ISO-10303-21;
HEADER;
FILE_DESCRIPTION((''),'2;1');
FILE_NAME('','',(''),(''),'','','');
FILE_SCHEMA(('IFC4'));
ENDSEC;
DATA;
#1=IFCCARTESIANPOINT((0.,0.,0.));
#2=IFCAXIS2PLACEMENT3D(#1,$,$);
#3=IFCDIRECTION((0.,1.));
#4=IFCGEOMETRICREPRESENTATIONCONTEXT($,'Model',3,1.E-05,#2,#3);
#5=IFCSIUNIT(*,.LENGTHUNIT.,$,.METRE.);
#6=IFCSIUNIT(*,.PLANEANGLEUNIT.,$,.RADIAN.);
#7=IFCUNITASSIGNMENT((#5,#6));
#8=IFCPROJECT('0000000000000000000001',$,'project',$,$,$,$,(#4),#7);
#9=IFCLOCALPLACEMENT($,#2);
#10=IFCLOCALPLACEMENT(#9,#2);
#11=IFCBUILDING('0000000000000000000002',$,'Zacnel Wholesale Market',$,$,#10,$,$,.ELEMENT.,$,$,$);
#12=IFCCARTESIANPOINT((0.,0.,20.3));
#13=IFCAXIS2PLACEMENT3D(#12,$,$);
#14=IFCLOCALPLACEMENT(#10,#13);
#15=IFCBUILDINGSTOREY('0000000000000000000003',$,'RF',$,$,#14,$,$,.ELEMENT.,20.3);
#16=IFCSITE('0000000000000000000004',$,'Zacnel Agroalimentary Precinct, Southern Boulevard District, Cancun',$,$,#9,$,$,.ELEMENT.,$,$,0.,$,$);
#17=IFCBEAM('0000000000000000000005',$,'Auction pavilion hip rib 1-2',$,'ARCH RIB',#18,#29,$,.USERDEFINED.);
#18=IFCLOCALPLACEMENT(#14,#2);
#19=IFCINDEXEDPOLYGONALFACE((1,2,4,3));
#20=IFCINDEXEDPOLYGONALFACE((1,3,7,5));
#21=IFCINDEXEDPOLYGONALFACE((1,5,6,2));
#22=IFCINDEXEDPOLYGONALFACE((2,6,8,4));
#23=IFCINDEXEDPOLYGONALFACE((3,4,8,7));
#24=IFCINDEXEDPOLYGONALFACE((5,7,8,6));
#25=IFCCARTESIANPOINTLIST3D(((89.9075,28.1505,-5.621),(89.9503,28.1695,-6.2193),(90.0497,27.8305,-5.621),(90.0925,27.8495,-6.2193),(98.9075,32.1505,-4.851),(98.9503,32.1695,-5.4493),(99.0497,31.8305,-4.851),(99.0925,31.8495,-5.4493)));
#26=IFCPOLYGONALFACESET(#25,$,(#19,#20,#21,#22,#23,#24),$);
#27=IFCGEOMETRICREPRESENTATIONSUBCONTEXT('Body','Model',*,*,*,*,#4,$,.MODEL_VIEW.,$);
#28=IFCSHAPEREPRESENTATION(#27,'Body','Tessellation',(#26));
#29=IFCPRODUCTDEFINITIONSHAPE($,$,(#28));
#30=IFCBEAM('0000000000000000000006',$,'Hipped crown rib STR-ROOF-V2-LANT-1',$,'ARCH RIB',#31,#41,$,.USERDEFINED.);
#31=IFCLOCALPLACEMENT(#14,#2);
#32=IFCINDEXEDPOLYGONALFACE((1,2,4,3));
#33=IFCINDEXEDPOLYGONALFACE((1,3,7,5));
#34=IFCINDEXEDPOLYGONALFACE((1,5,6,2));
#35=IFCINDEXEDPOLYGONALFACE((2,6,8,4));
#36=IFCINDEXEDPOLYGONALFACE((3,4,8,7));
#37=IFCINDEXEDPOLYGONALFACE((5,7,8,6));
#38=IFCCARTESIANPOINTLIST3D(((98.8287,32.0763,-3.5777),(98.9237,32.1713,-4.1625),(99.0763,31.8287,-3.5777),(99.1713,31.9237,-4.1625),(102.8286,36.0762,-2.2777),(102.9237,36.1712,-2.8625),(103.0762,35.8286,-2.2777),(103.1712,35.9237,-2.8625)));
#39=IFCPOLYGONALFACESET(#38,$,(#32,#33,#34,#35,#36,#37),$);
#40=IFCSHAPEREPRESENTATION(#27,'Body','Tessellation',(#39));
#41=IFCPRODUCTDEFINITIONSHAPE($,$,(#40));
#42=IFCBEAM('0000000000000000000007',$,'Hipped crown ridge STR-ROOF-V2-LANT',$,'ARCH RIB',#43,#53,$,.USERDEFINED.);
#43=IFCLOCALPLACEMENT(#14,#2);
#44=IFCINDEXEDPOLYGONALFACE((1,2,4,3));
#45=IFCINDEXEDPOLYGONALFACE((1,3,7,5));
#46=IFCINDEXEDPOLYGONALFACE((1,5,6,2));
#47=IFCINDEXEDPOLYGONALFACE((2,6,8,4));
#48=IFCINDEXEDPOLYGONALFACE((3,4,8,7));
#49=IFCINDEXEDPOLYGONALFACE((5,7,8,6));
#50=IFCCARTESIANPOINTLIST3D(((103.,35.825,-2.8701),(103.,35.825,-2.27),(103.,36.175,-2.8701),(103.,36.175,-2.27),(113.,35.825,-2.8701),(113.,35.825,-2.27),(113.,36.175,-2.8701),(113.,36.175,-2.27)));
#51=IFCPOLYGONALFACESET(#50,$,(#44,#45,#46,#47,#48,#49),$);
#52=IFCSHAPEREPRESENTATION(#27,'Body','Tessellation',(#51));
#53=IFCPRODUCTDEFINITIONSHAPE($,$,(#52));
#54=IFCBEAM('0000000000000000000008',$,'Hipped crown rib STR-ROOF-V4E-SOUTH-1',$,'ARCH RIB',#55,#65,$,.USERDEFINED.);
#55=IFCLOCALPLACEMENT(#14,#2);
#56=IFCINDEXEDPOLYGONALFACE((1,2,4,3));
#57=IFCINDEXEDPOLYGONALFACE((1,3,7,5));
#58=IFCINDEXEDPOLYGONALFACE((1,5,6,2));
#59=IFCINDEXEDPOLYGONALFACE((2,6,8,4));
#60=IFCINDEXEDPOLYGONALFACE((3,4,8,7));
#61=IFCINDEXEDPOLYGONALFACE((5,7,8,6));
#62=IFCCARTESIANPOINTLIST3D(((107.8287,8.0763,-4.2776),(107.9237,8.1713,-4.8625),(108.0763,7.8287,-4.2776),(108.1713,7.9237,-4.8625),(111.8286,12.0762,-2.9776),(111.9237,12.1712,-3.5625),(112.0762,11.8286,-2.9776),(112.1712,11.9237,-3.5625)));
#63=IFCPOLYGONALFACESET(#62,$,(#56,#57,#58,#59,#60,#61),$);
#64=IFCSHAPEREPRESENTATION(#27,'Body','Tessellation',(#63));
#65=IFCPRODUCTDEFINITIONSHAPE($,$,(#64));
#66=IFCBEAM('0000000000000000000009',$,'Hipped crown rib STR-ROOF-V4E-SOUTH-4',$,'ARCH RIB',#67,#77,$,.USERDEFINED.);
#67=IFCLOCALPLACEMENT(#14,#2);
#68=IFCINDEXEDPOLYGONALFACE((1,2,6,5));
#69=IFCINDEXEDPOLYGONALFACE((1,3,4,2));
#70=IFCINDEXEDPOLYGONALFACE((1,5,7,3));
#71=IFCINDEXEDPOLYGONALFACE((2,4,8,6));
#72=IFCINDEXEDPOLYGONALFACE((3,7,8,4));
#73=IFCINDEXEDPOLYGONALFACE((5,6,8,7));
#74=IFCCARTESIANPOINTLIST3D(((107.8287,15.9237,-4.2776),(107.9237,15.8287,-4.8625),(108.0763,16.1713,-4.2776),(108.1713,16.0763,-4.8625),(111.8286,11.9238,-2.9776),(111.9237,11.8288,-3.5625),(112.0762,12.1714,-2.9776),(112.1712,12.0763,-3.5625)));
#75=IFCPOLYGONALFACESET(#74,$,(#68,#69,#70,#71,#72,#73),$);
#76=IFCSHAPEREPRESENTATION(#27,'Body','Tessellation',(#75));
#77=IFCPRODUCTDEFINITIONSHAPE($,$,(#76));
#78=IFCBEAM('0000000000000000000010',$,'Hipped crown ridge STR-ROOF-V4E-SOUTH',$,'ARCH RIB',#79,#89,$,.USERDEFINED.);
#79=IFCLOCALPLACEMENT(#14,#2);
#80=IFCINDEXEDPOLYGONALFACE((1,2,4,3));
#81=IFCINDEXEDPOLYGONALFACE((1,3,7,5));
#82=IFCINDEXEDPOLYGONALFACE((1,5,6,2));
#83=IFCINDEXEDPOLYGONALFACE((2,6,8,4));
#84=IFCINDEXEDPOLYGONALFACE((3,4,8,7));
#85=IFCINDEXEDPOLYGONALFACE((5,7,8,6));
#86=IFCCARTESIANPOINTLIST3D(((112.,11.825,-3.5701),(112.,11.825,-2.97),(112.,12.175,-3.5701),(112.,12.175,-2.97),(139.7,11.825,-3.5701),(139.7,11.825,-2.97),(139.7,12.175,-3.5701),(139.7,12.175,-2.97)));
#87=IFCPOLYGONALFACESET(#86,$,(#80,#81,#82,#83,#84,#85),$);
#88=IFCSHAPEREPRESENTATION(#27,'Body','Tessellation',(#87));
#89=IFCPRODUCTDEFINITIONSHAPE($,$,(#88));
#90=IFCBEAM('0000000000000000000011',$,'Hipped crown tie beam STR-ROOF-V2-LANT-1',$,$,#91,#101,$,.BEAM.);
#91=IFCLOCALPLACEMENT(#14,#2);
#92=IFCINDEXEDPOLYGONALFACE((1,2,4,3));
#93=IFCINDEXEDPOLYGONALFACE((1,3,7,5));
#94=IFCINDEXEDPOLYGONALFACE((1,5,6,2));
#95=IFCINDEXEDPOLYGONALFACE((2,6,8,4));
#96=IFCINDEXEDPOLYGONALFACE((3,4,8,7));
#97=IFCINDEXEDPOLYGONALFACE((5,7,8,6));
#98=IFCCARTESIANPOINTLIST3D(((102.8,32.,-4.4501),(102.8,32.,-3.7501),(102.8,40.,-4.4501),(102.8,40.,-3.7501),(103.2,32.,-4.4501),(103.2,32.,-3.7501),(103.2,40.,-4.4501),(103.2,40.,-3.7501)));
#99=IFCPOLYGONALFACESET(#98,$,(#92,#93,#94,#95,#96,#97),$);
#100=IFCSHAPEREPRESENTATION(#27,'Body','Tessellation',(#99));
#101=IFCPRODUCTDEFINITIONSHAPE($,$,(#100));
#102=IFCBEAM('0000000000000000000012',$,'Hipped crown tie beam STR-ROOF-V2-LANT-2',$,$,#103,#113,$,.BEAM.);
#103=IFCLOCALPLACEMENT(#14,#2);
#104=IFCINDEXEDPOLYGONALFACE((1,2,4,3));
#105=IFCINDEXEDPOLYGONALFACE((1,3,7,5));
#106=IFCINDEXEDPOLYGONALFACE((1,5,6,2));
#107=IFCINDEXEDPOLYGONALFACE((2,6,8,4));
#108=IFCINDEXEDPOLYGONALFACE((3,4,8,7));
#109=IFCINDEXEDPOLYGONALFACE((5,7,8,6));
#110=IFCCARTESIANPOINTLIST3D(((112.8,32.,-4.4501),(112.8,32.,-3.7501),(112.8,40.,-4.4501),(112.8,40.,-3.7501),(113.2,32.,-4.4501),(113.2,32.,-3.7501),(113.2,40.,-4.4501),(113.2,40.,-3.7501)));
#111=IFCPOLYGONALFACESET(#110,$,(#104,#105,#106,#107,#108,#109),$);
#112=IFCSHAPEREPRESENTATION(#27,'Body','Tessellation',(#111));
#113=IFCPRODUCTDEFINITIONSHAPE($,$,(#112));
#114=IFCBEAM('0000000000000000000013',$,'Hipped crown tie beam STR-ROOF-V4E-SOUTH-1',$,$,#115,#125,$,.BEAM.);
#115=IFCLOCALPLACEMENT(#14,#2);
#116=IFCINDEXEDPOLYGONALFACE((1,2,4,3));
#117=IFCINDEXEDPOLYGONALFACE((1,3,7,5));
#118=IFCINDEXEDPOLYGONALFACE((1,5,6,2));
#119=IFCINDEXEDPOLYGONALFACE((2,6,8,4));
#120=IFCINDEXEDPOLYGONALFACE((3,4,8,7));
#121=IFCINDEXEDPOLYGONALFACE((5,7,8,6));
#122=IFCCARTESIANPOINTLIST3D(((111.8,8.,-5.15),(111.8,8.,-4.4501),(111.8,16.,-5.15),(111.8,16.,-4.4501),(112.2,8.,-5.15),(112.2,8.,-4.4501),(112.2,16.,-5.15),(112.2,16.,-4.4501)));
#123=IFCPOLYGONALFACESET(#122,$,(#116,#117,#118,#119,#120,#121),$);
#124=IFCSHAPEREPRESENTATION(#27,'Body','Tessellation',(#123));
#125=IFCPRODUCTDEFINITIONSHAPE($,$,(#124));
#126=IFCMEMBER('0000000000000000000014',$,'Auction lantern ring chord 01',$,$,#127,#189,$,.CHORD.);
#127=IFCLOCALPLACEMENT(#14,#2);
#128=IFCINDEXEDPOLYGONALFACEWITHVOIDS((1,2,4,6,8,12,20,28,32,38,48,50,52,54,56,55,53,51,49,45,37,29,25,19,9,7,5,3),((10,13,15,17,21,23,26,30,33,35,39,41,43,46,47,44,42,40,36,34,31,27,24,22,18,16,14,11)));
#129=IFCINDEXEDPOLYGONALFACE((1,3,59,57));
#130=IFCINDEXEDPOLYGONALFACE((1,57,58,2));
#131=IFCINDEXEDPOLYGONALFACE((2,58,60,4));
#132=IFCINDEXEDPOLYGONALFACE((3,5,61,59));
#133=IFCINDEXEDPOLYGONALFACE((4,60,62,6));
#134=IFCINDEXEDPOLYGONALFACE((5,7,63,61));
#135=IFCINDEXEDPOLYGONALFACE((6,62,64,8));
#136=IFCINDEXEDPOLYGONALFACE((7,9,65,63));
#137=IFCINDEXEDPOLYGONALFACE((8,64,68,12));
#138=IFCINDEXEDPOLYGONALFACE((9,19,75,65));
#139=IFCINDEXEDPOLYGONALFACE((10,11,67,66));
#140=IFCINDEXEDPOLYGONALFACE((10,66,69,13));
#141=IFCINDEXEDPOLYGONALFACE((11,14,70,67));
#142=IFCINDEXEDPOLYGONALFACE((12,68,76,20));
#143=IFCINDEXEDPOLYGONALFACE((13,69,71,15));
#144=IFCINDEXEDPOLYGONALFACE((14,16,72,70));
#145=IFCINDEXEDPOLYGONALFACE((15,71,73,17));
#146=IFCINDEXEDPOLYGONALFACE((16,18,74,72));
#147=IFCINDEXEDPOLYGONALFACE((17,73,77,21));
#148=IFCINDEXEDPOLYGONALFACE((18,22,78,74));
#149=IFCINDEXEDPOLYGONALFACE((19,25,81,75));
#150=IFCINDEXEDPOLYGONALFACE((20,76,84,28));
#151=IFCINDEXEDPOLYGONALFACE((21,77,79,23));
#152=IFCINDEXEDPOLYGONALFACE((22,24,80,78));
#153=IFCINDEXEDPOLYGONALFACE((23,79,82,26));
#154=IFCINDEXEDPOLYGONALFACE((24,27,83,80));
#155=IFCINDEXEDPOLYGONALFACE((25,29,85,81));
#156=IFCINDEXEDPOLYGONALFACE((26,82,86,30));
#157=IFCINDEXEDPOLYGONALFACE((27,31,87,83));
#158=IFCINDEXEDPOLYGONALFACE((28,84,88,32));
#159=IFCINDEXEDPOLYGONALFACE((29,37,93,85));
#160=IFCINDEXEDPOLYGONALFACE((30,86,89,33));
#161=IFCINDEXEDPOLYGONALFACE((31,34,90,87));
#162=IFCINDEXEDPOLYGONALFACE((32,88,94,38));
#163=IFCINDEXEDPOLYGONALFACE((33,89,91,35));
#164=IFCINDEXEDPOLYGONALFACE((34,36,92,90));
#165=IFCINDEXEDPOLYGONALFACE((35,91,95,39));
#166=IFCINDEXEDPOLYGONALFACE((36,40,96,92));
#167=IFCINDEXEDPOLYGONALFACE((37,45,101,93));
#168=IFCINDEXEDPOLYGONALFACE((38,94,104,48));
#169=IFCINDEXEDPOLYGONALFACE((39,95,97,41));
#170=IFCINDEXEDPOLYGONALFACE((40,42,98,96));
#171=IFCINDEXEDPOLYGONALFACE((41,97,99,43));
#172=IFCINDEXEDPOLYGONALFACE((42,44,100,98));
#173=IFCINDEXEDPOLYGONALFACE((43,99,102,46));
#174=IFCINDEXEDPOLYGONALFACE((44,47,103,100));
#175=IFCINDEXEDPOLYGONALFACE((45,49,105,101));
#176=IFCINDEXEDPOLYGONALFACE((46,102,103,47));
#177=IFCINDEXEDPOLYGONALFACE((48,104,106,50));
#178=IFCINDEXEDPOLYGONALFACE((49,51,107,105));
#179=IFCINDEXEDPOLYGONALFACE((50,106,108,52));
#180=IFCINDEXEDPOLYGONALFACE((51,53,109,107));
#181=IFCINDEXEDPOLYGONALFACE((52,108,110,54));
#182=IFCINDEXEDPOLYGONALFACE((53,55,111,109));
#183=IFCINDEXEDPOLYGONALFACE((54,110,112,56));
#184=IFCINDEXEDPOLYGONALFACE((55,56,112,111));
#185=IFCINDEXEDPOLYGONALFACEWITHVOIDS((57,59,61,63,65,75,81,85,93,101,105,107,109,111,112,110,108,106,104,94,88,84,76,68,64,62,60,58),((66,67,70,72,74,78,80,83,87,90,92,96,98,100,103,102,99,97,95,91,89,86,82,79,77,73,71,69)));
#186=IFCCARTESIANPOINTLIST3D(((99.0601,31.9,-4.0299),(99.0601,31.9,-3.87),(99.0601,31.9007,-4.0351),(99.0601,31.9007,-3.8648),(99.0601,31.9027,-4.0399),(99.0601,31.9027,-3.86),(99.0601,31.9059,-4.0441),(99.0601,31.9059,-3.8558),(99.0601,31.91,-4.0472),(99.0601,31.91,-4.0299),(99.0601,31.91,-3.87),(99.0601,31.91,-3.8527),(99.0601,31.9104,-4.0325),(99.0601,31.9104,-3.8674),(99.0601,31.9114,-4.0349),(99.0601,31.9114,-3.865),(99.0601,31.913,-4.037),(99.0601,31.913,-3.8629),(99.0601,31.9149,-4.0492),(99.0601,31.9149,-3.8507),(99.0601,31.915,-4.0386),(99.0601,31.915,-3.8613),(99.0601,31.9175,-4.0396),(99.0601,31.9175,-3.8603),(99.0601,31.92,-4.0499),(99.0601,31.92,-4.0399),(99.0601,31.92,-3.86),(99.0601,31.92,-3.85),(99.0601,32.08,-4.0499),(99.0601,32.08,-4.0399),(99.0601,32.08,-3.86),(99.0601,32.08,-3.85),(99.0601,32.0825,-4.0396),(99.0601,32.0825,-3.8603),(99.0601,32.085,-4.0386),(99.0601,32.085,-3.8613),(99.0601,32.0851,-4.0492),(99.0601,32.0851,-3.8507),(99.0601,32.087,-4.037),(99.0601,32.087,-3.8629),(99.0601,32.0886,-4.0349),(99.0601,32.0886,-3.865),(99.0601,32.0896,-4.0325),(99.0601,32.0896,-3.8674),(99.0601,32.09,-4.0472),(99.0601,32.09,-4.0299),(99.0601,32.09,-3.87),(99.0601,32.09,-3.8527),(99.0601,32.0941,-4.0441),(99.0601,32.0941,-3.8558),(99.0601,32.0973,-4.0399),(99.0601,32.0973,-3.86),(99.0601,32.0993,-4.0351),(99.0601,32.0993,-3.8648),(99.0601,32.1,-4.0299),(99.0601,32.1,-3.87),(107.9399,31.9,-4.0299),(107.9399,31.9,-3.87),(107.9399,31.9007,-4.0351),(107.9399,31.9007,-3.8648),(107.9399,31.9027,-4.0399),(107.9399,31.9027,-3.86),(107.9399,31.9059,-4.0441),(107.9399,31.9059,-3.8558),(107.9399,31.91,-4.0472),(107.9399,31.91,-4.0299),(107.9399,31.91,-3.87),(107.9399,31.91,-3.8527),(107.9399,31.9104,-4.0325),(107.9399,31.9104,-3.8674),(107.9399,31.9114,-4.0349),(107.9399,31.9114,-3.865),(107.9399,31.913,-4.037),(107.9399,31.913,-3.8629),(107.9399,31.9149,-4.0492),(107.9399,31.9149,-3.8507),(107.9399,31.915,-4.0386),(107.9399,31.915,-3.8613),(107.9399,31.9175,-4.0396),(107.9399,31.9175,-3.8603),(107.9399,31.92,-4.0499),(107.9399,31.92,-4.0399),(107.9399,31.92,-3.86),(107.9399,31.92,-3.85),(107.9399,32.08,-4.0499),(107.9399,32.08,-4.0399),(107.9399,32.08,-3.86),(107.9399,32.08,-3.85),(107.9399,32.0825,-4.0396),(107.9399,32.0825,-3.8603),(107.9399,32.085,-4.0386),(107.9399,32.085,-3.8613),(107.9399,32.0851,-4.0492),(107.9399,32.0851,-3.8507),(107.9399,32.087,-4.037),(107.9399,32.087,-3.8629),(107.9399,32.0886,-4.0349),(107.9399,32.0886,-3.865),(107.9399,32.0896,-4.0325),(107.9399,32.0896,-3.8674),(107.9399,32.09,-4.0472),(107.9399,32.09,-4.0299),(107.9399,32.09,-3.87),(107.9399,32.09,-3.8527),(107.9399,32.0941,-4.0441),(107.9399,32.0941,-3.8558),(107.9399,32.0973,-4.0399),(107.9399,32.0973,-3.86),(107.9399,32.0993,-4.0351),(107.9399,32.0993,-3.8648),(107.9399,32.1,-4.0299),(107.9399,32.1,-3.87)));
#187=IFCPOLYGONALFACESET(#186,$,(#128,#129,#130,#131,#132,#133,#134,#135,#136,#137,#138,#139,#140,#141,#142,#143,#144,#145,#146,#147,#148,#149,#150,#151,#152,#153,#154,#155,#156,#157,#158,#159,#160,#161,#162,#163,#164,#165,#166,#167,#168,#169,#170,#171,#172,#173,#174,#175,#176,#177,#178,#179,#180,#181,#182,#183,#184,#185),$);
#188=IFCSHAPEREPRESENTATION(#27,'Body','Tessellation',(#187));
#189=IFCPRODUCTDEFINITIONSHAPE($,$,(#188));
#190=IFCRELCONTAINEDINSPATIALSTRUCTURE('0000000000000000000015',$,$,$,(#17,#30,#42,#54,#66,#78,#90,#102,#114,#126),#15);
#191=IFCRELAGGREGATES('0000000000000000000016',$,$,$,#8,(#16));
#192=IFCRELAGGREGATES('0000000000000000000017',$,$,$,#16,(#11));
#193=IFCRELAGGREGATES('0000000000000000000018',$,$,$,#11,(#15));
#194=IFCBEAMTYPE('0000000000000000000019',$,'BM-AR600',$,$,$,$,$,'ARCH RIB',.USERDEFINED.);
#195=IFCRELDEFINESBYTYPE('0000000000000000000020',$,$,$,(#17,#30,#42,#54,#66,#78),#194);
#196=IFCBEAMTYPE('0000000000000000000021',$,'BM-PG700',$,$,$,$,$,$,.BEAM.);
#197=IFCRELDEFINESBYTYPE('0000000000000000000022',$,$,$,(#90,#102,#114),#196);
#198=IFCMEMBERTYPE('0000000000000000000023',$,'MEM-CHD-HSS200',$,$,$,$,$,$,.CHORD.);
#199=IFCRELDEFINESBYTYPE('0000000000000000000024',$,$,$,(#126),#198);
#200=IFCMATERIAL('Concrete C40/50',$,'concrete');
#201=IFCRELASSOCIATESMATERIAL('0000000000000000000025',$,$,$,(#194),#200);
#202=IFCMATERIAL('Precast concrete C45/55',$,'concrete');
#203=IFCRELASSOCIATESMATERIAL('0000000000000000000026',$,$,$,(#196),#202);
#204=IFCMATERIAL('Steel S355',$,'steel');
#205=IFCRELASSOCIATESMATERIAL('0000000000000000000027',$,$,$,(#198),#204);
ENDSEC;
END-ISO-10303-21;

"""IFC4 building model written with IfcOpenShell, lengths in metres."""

from ifc_helpers import new_model, si_unit, direction, frame, origin, origin_2d, place, context, subcontext, project, spatial, rectangle, hollow_rectangle, extrude, material, material_profile, profile_set, type_object, element, save


model = new_model("IFC4")

# Units and contexts
model_context = context("Model", 3, precision=1e-05, world=origin(), true_north=direction((0.0, 1.0)))
body_context = subcontext(model_context, "Body", "Model", "MODEL_VIEW")
ifc_project = project(units=[si_unit("LENGTHUNIT", "METRE"), si_unit("PLANEANGLEUNIT", "RADIAN")], contexts=[model_context])

# Site, building, storey
site_placement = place(None, origin())
site = spatial("IfcSite", under=ifc_project, at=site_placement, Name="Zacnel Agroalimentary Precinct, Southern Boulevard District, Cancun", CompositionType="ELEMENT", RefElevation=0.0)
building_placement = place(site_placement, origin())
building = spatial("IfcBuilding", under=site, at=building_placement, Name="Zacnel Wholesale Market", CompositionType="ELEMENT")
storey_placement = place(building_placement, frame((0.0, 0.0, 20.3)))
storey = spatial("IfcBuildingStorey", under=building, at=storey_placement, Name="RF", CompositionType="ELEMENT", Elevation=20.3)

# Beams
ifc_material_1 = material(Name="Concrete C40/50", Category="concrete")
ifc_material_profile_1 = material_profile(ifc_material_1, rectangle(XDim=0.3501, YDim=0.6001, at=origin_2d()), Name="ARCH RIB 350x600")
ifc_profile_set_1 = profile_set([ifc_material_profile_1], Name="Concrete C40/50")
beam_type_1 = type_object("IfcBeamType", Name="BM-AR600", ElementType="ARCH RIB", PredefinedType="USERDEFINED", material=ifc_profile_set_1)
beam_1_placement = place(storey_placement, frame((90.0, 28.0, -5.9202), z_axis=(0.911031, 0.404903, 0.077946), x_axis=(-0.406138, 0.913812, 0.0)))
element("IfcBeam", 1, at=beam_1_placement, inside=storey, type_object=beam_type_1, Name="Auction pavilion hip rib 1-2", ObjectType="ARCH RIB", PredefinedType="USERDEFINED", context=body_context, shape_type="SweptSolid", body=[
    extrude(rectangle(XDim=0.3501, YDim=0.6001, at=origin_2d()), origin(), (0.0, 0.0, 1.0), 9.8789),
])
beam_2_placement = place(storey_placement, frame((99.0, 32.0, -3.8701), z_axis=(0.689142, 0.689142, 0.22398), x_axis=(-0.707107, 0.707107, 0.0)))
element("IfcBeam", 2, at=beam_2_placement, inside=storey, type_object=beam_type_1, Name="Hipped crown rib STR-ROOF-V2-LANT-1", ObjectType="ARCH RIB", PredefinedType="USERDEFINED", context=body_context, shape_type="SweptSolid", body=[
    extrude(rectangle(XDim=0.3501, YDim=0.6001, at=origin_2d()), origin(), (0.0, 0.0, 1.0), 5.8042),
])
beam_3_placement = place(storey_placement, frame((103.0, 36.0, -2.5701), z_axis=(1.0, 0.0, 0.0), x_axis=(0.0, 1.0, 0.0)))
element("IfcBeam", 3, at=beam_3_placement, inside=storey, type_object=beam_type_1, Name="Hipped crown ridge STR-ROOF-V2-LANT", ObjectType="ARCH RIB", PredefinedType="USERDEFINED", context=body_context, shape_type="SweptSolid", body=[
    extrude(rectangle(XDim=0.3501, YDim=0.6001, at=origin_2d()), origin(), (0.0, 0.0, 1.0), 10.0),
])
for number, where, z_axis, x_axis, name in (
    (4, (108.0, 8.0, -4.5701), (0.689142, 0.689142, 0.22398), (-0.707107, 0.707107, 0.0), "Hipped crown rib STR-ROOF-V4E-SOUTH-1"),
    (5, (108.0, 16.0, -4.5701), (0.689142, -0.689142, 0.22398), (0.707107, 0.707107, 0.0), "Hipped crown rib STR-ROOF-V4E-SOUTH-4"),
):
    element("IfcBeam", number, at=place(storey_placement, frame(where, z_axis=z_axis, x_axis=x_axis)), inside=storey, type_object=beam_type_1, Name=name, ObjectType="ARCH RIB", PredefinedType="USERDEFINED", context=body_context, shape_type="SweptSolid", body=[
        extrude(rectangle(XDim=0.3501, YDim=0.6001, at=origin_2d()), origin(), (0.0, 0.0, 1.0), 5.8042),
    ])
beam_4_placement = place(storey_placement, frame((112.0, 12.0, -3.27), z_axis=(1.0, 0.0, 0.0), x_axis=(0.0, 1.0, 0.0)))
element("IfcBeam", 6, at=beam_4_placement, inside=storey, type_object=beam_type_1, Name="Hipped crown ridge STR-ROOF-V4E-SOUTH", ObjectType="ARCH RIB", PredefinedType="USERDEFINED", context=body_context, shape_type="SweptSolid", body=[
    extrude(rectangle(XDim=0.3501, YDim=0.6001, at=origin_2d()), origin(), (0.0, 0.0, 1.0), 27.7),
])
ifc_material_2 = material(Name="Precast concrete C45/55", Category="concrete")
ifc_material_profile_2 = material_profile(ifc_material_2, rectangle(XDim=0.3999, YDim=0.7, at=origin_2d()), Name="PG 400x700")
ifc_profile_set_2 = profile_set([ifc_material_profile_2], Name="Precast concrete C45/55")
beam_type_2 = type_object("IfcBeamType", Name="BM-PG700", PredefinedType="BEAM", material=ifc_profile_set_2)
for number, where, z_axis, x_axis, name in (
    (7, (103.0, 32.0, -4.1001), (0.0, 1.0, 0.0), (-1.0, 0.0, 0.0), "Hipped crown tie beam STR-ROOF-V2-LANT-1"),
    (8, (113.0, 32.0, -4.1001), (0.0, 1.0, 0.0), (-1.0, 0.0, 0.0), "Hipped crown tie beam STR-ROOF-V2-LANT-2"),
    (9, (112.0, 8.0, -4.8), (0.0, 1.0, 0.0), (-1.0, 0.0, 0.0), "Hipped crown tie beam STR-ROOF-V4E-SOUTH-1"),
):
    element("IfcBeam", number, at=place(storey_placement, frame(where, z_axis=z_axis, x_axis=x_axis)), inside=storey, type_object=beam_type_2, Name=name, PredefinedType="BEAM", context=body_context, shape_type="SweptSolid", body=[
        extrude(rectangle(XDim=0.3999, YDim=0.7, at=origin_2d()), origin(), (0.0, 0.0, 1.0), 8.0),
    ])

# Member
ifc_material_3 = material(Name="Steel S355", Category="steel")
ifc_material_profile_3 = material_profile(ifc_material_3, hollow_rectangle(XDim=0.2, YDim=0.2, WallThickness=0.01, InnerFilletRadius=0.01, OuterFilletRadius=0.02, at=origin_2d()), Name="HSS 200x200x10")
ifc_profile_set_3 = profile_set([ifc_material_profile_3], Name="Steel S355")
member_type_1 = type_object("IfcMemberType", Name="MEM-CHD-HSS200", PredefinedType="CHORD", material=ifc_profile_set_3)
for number, where, z_axis, x_axis, name in (
    (10, (99.0601, 32.0, -3.95), (1.0, 0.0, 0.0), (0.0, 1.0, 0.0), "Auction lantern ring chord 01"),
):
    element("IfcMember", number, at=place(storey_placement, frame(where, z_axis=z_axis, x_axis=x_axis)), inside=storey, type_object=member_type_1, Name=name, PredefinedType="CHORD", context=body_context, shape_type="SweptSolid", body=[
        extrude(hollow_rectangle(XDim=0.2, YDim=0.2, WallThickness=0.01, InnerFilletRadius=0.01, OuterFilletRadius=0.02, at=origin_2d()), origin(), (0.0, 0.0, 1.0), 8.8799),
    ])

save(model, "model.ifc")
